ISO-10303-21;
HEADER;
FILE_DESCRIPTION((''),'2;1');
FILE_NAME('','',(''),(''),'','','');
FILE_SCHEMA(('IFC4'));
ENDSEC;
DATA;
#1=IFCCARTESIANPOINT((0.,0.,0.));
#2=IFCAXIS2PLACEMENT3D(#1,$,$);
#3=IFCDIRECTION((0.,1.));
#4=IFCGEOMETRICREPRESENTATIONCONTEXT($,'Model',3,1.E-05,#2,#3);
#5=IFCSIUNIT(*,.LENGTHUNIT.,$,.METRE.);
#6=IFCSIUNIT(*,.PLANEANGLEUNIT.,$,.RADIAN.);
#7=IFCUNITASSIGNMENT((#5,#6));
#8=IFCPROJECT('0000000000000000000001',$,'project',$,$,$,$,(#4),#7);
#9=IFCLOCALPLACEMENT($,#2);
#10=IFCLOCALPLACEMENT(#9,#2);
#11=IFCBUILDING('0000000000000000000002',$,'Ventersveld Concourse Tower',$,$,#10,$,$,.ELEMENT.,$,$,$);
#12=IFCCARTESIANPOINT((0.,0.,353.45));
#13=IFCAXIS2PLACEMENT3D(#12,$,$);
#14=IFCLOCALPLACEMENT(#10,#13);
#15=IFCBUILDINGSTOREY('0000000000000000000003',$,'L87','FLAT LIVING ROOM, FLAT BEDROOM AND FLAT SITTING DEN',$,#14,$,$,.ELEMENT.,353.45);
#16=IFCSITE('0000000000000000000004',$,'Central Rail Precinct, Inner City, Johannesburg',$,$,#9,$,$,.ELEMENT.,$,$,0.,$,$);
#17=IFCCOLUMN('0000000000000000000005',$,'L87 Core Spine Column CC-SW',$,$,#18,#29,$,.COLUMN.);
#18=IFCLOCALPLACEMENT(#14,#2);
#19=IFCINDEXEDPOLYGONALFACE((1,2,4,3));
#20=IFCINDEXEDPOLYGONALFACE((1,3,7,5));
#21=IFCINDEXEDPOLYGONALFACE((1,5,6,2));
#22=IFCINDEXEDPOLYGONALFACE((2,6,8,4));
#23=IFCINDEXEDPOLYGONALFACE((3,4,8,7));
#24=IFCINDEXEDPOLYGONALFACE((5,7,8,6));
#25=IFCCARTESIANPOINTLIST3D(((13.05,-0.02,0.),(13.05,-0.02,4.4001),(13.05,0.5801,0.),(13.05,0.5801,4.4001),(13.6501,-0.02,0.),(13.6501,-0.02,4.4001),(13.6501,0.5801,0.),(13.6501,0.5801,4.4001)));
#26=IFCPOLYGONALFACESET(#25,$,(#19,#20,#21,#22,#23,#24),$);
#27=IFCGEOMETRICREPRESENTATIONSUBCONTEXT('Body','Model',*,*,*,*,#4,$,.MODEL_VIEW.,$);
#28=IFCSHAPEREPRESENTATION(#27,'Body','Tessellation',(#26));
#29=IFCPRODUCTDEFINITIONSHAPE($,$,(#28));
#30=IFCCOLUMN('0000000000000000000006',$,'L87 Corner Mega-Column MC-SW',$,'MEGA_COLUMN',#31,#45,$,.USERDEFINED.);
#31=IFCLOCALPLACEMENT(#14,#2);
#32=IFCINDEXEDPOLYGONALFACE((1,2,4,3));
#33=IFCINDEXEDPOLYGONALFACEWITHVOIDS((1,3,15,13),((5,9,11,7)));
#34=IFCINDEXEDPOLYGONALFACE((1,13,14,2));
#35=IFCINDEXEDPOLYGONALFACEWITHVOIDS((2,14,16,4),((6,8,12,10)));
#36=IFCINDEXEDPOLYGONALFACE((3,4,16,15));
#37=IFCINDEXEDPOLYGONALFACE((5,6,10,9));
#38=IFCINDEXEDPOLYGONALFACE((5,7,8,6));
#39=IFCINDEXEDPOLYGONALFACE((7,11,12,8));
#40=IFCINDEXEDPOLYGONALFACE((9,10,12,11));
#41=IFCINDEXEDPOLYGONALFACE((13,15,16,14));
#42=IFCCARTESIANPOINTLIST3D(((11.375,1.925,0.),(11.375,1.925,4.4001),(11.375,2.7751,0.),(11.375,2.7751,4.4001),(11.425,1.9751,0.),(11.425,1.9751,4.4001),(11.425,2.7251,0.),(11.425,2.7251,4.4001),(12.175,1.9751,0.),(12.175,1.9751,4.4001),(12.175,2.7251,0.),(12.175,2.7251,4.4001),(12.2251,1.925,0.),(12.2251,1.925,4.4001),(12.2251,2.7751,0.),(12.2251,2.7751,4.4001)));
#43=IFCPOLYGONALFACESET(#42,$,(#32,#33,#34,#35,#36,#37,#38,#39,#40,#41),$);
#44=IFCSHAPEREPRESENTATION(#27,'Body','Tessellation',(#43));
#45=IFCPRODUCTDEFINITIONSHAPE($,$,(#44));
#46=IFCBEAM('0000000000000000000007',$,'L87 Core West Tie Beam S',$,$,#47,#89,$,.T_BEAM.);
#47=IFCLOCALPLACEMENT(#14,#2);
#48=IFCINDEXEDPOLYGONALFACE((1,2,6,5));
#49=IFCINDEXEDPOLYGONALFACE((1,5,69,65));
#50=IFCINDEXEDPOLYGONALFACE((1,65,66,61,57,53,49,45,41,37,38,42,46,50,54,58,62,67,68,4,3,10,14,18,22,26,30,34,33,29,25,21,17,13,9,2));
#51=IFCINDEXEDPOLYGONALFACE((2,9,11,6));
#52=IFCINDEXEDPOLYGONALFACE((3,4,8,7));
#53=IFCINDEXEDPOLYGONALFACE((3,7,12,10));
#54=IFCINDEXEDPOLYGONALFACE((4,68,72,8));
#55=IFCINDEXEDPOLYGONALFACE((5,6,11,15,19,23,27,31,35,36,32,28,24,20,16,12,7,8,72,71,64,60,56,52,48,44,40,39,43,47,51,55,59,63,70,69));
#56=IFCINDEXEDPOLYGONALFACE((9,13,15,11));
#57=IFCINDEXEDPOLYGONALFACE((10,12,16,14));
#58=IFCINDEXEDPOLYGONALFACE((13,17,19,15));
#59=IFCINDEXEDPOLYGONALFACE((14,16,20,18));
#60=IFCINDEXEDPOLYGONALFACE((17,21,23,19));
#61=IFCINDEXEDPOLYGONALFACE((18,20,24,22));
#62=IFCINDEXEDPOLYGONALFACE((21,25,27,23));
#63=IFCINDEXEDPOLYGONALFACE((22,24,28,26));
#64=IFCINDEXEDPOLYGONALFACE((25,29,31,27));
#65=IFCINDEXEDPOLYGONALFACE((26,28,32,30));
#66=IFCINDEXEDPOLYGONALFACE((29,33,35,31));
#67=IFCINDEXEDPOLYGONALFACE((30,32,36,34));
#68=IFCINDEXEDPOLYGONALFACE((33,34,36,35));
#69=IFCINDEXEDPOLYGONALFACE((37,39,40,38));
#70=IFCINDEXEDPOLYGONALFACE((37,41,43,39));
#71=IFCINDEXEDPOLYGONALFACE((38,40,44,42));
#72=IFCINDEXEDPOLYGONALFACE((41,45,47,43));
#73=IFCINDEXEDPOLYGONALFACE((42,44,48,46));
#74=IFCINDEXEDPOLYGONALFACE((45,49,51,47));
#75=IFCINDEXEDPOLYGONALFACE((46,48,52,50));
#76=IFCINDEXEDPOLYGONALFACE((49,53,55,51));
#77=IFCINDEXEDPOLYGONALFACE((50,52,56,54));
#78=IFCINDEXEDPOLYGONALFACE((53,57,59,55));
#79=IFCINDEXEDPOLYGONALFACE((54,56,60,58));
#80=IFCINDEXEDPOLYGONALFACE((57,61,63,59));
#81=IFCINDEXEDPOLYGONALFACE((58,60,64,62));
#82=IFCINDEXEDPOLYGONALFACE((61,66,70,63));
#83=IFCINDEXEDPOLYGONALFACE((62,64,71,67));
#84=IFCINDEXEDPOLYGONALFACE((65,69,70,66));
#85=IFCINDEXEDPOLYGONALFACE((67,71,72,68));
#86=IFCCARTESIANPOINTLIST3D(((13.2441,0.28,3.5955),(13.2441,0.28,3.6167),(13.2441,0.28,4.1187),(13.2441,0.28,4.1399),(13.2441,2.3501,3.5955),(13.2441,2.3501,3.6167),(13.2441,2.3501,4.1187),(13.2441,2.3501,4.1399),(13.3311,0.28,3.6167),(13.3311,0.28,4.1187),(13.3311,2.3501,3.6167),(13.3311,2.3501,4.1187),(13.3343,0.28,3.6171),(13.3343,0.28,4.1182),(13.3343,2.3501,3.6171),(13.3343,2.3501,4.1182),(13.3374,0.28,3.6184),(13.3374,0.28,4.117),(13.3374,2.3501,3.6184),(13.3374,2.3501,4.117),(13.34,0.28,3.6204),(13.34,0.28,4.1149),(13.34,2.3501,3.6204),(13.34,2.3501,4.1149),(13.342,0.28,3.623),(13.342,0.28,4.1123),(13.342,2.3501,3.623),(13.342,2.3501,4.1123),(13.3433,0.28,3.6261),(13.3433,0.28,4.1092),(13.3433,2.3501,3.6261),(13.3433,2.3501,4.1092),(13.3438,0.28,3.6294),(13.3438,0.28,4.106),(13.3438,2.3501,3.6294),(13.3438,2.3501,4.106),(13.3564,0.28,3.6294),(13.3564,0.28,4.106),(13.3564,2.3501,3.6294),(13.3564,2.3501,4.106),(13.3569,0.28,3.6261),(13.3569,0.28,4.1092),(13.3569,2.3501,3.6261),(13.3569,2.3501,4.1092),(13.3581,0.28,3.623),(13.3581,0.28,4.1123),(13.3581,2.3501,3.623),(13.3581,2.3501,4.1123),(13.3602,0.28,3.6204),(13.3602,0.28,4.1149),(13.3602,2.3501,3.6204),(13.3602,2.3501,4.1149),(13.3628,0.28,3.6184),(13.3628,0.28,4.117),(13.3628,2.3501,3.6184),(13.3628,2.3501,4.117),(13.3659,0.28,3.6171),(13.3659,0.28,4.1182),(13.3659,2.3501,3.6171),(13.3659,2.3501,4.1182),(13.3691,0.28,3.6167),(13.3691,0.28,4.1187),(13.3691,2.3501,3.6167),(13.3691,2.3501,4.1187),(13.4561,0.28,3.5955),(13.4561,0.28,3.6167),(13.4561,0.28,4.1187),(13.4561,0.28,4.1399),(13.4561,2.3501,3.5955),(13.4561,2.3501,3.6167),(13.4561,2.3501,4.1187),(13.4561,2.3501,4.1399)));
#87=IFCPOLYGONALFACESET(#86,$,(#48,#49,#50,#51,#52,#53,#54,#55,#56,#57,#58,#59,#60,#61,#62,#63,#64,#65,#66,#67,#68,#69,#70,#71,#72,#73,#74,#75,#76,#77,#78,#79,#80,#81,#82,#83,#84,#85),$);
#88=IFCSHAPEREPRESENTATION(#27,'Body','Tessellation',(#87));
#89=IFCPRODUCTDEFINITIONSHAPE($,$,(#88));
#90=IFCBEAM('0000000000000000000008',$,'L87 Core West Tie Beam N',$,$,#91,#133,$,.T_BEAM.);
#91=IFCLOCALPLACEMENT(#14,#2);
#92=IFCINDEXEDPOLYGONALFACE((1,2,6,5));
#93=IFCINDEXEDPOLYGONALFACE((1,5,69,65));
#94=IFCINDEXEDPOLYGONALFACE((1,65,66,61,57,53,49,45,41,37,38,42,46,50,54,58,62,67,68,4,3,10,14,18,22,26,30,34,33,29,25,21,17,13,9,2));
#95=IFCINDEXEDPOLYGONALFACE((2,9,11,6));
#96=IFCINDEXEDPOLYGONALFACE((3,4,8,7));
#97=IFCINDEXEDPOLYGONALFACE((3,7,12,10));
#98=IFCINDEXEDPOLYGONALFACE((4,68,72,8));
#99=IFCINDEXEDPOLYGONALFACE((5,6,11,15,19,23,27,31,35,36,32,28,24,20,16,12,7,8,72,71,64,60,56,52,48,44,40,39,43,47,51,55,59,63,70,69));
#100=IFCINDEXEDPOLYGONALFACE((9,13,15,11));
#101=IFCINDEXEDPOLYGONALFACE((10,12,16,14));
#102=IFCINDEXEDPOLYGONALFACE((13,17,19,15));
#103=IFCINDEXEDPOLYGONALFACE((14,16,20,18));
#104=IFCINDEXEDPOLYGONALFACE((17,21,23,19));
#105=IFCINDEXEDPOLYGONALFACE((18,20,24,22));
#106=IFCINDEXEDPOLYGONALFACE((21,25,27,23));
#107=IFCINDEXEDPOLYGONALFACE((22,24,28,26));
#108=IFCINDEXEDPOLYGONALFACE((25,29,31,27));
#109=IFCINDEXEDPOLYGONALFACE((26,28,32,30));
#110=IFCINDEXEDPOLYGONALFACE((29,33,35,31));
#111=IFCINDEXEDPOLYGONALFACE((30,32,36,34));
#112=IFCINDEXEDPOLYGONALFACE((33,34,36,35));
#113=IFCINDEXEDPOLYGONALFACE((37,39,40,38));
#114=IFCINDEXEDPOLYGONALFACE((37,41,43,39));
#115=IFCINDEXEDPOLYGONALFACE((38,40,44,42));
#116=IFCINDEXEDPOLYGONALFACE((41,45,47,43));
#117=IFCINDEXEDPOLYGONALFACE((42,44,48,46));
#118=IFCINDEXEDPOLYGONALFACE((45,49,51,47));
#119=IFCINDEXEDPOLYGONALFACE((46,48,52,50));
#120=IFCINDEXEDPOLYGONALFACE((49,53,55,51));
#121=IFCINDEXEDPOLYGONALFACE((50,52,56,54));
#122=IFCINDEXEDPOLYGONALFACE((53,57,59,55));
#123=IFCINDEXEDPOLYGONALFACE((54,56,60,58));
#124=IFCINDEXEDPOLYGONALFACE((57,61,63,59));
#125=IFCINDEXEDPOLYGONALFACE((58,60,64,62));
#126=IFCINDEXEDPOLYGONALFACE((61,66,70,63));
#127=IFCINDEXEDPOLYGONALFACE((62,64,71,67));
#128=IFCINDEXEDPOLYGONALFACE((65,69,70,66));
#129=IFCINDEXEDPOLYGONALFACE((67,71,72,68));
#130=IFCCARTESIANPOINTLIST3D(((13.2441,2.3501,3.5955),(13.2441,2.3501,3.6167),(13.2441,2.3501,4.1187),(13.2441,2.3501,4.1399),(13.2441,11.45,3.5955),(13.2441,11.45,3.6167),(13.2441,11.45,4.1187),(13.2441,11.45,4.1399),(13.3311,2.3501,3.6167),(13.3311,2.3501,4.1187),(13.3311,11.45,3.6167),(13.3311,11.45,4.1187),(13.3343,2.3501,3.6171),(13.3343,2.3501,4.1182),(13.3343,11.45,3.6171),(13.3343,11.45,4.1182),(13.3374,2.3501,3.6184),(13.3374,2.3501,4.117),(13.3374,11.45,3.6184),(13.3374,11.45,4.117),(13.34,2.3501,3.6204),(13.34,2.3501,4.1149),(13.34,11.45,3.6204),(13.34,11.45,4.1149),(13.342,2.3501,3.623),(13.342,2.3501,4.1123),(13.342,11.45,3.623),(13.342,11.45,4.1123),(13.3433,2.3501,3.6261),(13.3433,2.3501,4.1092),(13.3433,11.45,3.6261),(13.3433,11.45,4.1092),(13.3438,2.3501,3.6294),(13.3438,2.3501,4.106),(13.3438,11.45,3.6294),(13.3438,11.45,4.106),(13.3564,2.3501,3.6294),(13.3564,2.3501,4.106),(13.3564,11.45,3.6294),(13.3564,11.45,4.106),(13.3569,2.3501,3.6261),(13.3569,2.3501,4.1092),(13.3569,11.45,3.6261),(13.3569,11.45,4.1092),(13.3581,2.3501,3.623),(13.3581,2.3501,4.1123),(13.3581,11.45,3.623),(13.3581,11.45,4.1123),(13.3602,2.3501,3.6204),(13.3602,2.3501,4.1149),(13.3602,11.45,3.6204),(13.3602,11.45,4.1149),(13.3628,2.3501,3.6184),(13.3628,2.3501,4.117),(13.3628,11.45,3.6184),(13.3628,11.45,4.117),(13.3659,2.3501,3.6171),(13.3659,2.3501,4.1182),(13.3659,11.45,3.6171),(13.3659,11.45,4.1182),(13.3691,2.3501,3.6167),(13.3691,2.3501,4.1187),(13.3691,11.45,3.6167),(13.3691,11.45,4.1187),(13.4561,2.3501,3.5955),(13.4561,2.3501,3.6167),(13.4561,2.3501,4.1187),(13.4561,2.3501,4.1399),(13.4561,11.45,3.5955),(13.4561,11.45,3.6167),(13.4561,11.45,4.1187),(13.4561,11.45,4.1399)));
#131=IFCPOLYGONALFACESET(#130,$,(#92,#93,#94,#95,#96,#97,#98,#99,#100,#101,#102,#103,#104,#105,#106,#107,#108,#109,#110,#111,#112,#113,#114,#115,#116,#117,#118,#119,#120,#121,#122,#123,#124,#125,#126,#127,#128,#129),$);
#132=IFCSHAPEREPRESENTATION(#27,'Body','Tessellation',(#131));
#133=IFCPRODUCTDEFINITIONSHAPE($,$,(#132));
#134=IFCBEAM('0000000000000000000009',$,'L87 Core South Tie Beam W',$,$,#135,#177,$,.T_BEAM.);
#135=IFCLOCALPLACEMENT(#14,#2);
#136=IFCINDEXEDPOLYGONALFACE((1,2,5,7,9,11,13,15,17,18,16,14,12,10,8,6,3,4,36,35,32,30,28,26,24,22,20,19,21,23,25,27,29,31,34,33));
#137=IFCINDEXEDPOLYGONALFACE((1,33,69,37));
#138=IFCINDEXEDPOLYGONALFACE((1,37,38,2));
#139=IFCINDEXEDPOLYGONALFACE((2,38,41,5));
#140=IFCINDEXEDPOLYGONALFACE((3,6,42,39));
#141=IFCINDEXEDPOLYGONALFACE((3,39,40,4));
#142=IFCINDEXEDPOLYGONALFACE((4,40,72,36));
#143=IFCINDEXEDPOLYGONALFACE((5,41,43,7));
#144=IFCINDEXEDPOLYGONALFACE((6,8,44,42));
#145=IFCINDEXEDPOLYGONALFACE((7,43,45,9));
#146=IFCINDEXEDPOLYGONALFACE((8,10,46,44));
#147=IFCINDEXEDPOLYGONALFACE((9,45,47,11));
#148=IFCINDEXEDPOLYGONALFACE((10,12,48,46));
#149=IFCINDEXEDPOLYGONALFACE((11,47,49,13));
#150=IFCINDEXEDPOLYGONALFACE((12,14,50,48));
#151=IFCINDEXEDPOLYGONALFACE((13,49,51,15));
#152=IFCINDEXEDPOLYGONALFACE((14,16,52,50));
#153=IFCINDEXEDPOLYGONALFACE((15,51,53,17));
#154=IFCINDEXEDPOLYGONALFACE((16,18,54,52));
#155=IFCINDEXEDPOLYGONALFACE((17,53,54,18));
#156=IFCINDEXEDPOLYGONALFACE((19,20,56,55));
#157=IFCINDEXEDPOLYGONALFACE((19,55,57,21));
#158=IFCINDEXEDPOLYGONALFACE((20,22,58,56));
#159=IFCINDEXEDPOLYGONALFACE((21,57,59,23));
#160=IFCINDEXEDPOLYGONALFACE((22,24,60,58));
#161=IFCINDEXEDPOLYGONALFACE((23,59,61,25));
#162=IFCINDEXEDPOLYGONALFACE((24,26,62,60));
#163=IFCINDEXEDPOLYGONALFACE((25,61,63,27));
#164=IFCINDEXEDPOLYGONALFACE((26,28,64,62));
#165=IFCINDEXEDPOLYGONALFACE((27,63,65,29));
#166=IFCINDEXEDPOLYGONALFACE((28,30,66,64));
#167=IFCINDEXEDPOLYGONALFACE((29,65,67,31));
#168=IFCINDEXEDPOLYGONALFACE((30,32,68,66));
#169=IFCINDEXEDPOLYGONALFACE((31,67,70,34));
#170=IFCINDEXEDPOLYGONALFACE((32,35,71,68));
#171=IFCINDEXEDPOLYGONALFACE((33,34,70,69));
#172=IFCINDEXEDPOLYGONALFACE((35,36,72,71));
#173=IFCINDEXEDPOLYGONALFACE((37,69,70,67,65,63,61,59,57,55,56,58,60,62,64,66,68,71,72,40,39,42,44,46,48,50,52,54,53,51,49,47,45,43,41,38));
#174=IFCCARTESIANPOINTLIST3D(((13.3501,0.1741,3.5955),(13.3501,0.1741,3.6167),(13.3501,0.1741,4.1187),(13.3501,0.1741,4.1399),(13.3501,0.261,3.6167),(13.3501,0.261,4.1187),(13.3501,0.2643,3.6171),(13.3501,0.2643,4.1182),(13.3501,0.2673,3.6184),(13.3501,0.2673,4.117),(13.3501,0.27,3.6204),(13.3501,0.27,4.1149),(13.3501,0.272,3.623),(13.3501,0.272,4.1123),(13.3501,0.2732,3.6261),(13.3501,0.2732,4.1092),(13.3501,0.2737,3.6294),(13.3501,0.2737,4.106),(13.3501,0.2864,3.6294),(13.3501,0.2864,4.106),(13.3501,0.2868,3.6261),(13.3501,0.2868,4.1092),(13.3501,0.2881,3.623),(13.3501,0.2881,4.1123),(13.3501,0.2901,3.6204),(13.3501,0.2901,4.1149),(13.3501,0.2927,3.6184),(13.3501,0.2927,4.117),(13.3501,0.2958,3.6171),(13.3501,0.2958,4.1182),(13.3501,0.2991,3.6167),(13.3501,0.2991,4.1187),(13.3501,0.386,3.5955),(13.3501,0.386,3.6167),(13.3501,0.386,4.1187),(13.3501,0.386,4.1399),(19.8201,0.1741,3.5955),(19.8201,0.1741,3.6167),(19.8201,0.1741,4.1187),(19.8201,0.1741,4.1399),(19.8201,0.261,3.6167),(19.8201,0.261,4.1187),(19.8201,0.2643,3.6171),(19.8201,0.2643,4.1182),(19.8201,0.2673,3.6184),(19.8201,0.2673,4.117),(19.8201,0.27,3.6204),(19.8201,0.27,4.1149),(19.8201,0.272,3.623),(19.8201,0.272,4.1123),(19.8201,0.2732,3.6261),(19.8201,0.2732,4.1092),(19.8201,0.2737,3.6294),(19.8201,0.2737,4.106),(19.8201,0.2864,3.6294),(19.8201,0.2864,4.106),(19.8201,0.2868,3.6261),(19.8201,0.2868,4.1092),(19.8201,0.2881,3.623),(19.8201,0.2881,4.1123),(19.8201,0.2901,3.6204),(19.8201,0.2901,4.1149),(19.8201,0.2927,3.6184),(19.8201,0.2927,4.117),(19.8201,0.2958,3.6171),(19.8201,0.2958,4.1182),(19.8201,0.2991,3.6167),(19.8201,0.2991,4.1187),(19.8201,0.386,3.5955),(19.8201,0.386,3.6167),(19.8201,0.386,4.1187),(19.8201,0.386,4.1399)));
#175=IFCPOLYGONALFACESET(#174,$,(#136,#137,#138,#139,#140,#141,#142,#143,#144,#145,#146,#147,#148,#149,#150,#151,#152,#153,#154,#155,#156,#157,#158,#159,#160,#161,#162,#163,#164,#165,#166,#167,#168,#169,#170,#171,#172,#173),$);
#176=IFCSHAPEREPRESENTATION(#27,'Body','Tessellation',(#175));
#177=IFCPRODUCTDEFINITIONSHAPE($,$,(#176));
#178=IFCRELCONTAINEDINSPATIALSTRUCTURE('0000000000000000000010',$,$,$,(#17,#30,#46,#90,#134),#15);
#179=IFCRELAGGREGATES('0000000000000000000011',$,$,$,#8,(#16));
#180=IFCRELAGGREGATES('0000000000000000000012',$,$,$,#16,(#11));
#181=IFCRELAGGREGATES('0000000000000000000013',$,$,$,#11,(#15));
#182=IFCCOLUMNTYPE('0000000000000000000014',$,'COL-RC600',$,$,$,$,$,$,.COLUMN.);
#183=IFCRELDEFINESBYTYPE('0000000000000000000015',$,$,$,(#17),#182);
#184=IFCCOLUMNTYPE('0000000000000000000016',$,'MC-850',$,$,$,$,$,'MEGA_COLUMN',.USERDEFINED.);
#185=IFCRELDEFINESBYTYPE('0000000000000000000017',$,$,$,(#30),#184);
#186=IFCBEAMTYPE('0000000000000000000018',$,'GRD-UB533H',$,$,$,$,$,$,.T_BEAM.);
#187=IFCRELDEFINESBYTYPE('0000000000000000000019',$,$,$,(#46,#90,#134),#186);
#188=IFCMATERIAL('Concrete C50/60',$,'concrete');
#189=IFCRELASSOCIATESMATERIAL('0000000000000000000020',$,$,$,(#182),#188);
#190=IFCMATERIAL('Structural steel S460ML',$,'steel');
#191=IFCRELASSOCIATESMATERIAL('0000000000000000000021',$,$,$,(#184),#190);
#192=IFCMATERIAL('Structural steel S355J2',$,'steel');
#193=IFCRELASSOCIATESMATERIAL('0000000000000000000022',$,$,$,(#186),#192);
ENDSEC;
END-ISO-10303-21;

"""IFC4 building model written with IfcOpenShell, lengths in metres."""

from ifc_helpers import new_model, si_unit, direction, frame, origin, origin_2d, place, context, subcontext, project, spatial, rectangle, hollow_rectangle, i_section, extrude, material, material_profile, profile_set, type_object, element, save


model = new_model("IFC4")

# Units and contexts
model_context = context("Model", 3, precision=1e-05, world=origin(), true_north=direction((0.0, 1.0)))
body_context = subcontext(model_context, "Body", "Model", "MODEL_VIEW")
ifc_project = project(units=[si_unit("LENGTHUNIT", "METRE"), si_unit("PLANEANGLEUNIT", "RADIAN")], contexts=[model_context])

# Site, building, storey
site_placement = place(None, origin())
site = spatial("IfcSite", under=ifc_project, at=site_placement, Name="Central Rail Precinct, Inner City, Johannesburg", CompositionType="ELEMENT", RefElevation=0.0)
building_placement = place(site_placement, origin())
building = spatial("IfcBuilding", under=site, at=building_placement, Name="Ventersveld Concourse Tower", CompositionType="ELEMENT")
storey_placement = place(building_placement, frame((0.0, 0.0, 353.45)))
storey = spatial("IfcBuildingStorey", under=building, at=storey_placement, Name="L87", Description="FLAT LIVING ROOM, FLAT BEDROOM AND FLAT SITTING DEN", CompositionType="ELEMENT", Elevation=353.45)

# Columns
ifc_material_1 = material(Name="Concrete C50/60", Category="concrete")
ifc_material_profile_1 = material_profile(ifc_material_1, rectangle(XDim=0.6001, YDim=0.6001, at=origin_2d()), Name="RC 600x600")
ifc_profile_set_1 = profile_set([ifc_material_profile_1], Name="Concrete C50/60")
column_type_1 = type_object("IfcColumnType", Name="COL-RC600", PredefinedType="COLUMN", material=ifc_profile_set_1)
column_1_placement = place(storey_placement, frame((13.3501, 0.28, 0.0), z_axis=(0.0, 0.0, 1.0), x_axis=(1.0, 0.0, 0.0)))
element("IfcColumn", 1, at=column_1_placement, inside=storey, type_object=column_type_1, Name="L87 Core Spine Column CC-SW", PredefinedType="COLUMN", context=body_context, shape_type="SweptSolid", body=[
    extrude(rectangle(XDim=0.6001, YDim=0.6001, at=origin_2d()), origin(), (0.0, 0.0, 1.0), 4.4001),
])
ifc_material_2 = material(Name="Structural steel S460ML", Category="steel")
ifc_material_profile_2 = material_profile(ifc_material_2, hollow_rectangle(XDim=0.8501, YDim=0.8501, WallThickness=0.05, at=origin_2d()), Name="BOX 850x850x50")
ifc_profile_set_2 = profile_set([ifc_material_profile_2], Name="Structural steel S460ML")
column_type_2 = type_object("IfcColumnType", Name="MC-850", ElementType="MEGA_COLUMN", PredefinedType="USERDEFINED", material=ifc_profile_set_2)
column_2_placement = place(storey_placement, frame((11.8, 2.3501, 0.0), z_axis=(0.0, 0.0, 1.0), x_axis=(1.0, 0.0, 0.0)))
element("IfcColumn", 2, at=column_2_placement, inside=storey, type_object=column_type_2, Name="L87 Corner Mega-Column MC-SW", ObjectType="MEGA_COLUMN", PredefinedType="USERDEFINED", context=body_context, shape_type="SweptSolid", body=[
    extrude(hollow_rectangle(XDim=0.8501, YDim=0.8501, WallThickness=0.05, at=origin_2d()), origin(), (0.0, 0.0, 1.0), 4.4001),
])

# Beams
ifc_material_3 = material(Name="Structural steel S355J2", Category="steel")
ifc_material_profile_3 = material_profile(ifc_material_3, i_section(OverallWidth=0.2119, OverallDepth=0.5444, WebThickness=0.0127, FlangeThickness=0.0212, FilletRadius=0.0127, at=origin_2d()), Name="UB 533x210x122")
ifc_profile_set_3 = profile_set([ifc_material_profile_3], Name="Structural steel S355J2")
beam_type_1 = type_object("IfcBeamType", Name="GRD-UB533H", PredefinedType="T_BEAM", material=ifc_profile_set_3)
beam_1_placement = place(storey_placement, frame((13.3501, 0.28, 3.8677), z_axis=(0.0, 1.0, 0.0), x_axis=(-1.0, 0.0, 0.0)))
element("IfcBeam", 3, at=beam_1_placement, inside=storey, type_object=beam_type_1, Name="L87 Core West Tie Beam S", PredefinedType="T_BEAM", context=body_context, shape_type="SweptSolid", body=[
    extrude(i_section(OverallWidth=0.2119, OverallDepth=0.5444, WebThickness=0.0127, FlangeThickness=0.0212, FilletRadius=0.0127, at=origin_2d()), origin(), (0.0, 0.0, 1.0), 2.0701),
])
beam_2_placement = place(storey_placement, frame((13.3501, 2.3501, 3.8677), z_axis=(0.0, 1.0, 0.0), x_axis=(-1.0, 0.0, 0.0)))
element("IfcBeam", 4, at=beam_2_placement, inside=storey, type_object=beam_type_1, Name="L87 Core West Tie Beam N", PredefinedType="T_BEAM", context=body_context, shape_type="SweptSolid", body=[
    extrude(i_section(OverallWidth=0.2119, OverallDepth=0.5444, WebThickness=0.0127, FlangeThickness=0.0212, FilletRadius=0.0127, at=origin_2d()), origin(), (0.0, 0.0, 1.0), 9.0999),
])
beam_3_placement = place(storey_placement, frame((13.3501, 0.28, 3.8677), z_axis=(1.0, 0.0, 0.0), x_axis=(0.0, 1.0, 0.0)))
element("IfcBeam", 5, at=beam_3_placement, inside=storey, type_object=beam_type_1, Name="L87 Core South Tie Beam W", PredefinedType="T_BEAM", context=body_context, shape_type="SweptSolid", body=[
    extrude(i_section(OverallWidth=0.2119, OverallDepth=0.5444, WebThickness=0.0127, FlangeThickness=0.0212, FilletRadius=0.0127, at=origin_2d()), origin(), (0.0, 0.0, 1.0), 6.47),
])

save(model, "model.ifc")
